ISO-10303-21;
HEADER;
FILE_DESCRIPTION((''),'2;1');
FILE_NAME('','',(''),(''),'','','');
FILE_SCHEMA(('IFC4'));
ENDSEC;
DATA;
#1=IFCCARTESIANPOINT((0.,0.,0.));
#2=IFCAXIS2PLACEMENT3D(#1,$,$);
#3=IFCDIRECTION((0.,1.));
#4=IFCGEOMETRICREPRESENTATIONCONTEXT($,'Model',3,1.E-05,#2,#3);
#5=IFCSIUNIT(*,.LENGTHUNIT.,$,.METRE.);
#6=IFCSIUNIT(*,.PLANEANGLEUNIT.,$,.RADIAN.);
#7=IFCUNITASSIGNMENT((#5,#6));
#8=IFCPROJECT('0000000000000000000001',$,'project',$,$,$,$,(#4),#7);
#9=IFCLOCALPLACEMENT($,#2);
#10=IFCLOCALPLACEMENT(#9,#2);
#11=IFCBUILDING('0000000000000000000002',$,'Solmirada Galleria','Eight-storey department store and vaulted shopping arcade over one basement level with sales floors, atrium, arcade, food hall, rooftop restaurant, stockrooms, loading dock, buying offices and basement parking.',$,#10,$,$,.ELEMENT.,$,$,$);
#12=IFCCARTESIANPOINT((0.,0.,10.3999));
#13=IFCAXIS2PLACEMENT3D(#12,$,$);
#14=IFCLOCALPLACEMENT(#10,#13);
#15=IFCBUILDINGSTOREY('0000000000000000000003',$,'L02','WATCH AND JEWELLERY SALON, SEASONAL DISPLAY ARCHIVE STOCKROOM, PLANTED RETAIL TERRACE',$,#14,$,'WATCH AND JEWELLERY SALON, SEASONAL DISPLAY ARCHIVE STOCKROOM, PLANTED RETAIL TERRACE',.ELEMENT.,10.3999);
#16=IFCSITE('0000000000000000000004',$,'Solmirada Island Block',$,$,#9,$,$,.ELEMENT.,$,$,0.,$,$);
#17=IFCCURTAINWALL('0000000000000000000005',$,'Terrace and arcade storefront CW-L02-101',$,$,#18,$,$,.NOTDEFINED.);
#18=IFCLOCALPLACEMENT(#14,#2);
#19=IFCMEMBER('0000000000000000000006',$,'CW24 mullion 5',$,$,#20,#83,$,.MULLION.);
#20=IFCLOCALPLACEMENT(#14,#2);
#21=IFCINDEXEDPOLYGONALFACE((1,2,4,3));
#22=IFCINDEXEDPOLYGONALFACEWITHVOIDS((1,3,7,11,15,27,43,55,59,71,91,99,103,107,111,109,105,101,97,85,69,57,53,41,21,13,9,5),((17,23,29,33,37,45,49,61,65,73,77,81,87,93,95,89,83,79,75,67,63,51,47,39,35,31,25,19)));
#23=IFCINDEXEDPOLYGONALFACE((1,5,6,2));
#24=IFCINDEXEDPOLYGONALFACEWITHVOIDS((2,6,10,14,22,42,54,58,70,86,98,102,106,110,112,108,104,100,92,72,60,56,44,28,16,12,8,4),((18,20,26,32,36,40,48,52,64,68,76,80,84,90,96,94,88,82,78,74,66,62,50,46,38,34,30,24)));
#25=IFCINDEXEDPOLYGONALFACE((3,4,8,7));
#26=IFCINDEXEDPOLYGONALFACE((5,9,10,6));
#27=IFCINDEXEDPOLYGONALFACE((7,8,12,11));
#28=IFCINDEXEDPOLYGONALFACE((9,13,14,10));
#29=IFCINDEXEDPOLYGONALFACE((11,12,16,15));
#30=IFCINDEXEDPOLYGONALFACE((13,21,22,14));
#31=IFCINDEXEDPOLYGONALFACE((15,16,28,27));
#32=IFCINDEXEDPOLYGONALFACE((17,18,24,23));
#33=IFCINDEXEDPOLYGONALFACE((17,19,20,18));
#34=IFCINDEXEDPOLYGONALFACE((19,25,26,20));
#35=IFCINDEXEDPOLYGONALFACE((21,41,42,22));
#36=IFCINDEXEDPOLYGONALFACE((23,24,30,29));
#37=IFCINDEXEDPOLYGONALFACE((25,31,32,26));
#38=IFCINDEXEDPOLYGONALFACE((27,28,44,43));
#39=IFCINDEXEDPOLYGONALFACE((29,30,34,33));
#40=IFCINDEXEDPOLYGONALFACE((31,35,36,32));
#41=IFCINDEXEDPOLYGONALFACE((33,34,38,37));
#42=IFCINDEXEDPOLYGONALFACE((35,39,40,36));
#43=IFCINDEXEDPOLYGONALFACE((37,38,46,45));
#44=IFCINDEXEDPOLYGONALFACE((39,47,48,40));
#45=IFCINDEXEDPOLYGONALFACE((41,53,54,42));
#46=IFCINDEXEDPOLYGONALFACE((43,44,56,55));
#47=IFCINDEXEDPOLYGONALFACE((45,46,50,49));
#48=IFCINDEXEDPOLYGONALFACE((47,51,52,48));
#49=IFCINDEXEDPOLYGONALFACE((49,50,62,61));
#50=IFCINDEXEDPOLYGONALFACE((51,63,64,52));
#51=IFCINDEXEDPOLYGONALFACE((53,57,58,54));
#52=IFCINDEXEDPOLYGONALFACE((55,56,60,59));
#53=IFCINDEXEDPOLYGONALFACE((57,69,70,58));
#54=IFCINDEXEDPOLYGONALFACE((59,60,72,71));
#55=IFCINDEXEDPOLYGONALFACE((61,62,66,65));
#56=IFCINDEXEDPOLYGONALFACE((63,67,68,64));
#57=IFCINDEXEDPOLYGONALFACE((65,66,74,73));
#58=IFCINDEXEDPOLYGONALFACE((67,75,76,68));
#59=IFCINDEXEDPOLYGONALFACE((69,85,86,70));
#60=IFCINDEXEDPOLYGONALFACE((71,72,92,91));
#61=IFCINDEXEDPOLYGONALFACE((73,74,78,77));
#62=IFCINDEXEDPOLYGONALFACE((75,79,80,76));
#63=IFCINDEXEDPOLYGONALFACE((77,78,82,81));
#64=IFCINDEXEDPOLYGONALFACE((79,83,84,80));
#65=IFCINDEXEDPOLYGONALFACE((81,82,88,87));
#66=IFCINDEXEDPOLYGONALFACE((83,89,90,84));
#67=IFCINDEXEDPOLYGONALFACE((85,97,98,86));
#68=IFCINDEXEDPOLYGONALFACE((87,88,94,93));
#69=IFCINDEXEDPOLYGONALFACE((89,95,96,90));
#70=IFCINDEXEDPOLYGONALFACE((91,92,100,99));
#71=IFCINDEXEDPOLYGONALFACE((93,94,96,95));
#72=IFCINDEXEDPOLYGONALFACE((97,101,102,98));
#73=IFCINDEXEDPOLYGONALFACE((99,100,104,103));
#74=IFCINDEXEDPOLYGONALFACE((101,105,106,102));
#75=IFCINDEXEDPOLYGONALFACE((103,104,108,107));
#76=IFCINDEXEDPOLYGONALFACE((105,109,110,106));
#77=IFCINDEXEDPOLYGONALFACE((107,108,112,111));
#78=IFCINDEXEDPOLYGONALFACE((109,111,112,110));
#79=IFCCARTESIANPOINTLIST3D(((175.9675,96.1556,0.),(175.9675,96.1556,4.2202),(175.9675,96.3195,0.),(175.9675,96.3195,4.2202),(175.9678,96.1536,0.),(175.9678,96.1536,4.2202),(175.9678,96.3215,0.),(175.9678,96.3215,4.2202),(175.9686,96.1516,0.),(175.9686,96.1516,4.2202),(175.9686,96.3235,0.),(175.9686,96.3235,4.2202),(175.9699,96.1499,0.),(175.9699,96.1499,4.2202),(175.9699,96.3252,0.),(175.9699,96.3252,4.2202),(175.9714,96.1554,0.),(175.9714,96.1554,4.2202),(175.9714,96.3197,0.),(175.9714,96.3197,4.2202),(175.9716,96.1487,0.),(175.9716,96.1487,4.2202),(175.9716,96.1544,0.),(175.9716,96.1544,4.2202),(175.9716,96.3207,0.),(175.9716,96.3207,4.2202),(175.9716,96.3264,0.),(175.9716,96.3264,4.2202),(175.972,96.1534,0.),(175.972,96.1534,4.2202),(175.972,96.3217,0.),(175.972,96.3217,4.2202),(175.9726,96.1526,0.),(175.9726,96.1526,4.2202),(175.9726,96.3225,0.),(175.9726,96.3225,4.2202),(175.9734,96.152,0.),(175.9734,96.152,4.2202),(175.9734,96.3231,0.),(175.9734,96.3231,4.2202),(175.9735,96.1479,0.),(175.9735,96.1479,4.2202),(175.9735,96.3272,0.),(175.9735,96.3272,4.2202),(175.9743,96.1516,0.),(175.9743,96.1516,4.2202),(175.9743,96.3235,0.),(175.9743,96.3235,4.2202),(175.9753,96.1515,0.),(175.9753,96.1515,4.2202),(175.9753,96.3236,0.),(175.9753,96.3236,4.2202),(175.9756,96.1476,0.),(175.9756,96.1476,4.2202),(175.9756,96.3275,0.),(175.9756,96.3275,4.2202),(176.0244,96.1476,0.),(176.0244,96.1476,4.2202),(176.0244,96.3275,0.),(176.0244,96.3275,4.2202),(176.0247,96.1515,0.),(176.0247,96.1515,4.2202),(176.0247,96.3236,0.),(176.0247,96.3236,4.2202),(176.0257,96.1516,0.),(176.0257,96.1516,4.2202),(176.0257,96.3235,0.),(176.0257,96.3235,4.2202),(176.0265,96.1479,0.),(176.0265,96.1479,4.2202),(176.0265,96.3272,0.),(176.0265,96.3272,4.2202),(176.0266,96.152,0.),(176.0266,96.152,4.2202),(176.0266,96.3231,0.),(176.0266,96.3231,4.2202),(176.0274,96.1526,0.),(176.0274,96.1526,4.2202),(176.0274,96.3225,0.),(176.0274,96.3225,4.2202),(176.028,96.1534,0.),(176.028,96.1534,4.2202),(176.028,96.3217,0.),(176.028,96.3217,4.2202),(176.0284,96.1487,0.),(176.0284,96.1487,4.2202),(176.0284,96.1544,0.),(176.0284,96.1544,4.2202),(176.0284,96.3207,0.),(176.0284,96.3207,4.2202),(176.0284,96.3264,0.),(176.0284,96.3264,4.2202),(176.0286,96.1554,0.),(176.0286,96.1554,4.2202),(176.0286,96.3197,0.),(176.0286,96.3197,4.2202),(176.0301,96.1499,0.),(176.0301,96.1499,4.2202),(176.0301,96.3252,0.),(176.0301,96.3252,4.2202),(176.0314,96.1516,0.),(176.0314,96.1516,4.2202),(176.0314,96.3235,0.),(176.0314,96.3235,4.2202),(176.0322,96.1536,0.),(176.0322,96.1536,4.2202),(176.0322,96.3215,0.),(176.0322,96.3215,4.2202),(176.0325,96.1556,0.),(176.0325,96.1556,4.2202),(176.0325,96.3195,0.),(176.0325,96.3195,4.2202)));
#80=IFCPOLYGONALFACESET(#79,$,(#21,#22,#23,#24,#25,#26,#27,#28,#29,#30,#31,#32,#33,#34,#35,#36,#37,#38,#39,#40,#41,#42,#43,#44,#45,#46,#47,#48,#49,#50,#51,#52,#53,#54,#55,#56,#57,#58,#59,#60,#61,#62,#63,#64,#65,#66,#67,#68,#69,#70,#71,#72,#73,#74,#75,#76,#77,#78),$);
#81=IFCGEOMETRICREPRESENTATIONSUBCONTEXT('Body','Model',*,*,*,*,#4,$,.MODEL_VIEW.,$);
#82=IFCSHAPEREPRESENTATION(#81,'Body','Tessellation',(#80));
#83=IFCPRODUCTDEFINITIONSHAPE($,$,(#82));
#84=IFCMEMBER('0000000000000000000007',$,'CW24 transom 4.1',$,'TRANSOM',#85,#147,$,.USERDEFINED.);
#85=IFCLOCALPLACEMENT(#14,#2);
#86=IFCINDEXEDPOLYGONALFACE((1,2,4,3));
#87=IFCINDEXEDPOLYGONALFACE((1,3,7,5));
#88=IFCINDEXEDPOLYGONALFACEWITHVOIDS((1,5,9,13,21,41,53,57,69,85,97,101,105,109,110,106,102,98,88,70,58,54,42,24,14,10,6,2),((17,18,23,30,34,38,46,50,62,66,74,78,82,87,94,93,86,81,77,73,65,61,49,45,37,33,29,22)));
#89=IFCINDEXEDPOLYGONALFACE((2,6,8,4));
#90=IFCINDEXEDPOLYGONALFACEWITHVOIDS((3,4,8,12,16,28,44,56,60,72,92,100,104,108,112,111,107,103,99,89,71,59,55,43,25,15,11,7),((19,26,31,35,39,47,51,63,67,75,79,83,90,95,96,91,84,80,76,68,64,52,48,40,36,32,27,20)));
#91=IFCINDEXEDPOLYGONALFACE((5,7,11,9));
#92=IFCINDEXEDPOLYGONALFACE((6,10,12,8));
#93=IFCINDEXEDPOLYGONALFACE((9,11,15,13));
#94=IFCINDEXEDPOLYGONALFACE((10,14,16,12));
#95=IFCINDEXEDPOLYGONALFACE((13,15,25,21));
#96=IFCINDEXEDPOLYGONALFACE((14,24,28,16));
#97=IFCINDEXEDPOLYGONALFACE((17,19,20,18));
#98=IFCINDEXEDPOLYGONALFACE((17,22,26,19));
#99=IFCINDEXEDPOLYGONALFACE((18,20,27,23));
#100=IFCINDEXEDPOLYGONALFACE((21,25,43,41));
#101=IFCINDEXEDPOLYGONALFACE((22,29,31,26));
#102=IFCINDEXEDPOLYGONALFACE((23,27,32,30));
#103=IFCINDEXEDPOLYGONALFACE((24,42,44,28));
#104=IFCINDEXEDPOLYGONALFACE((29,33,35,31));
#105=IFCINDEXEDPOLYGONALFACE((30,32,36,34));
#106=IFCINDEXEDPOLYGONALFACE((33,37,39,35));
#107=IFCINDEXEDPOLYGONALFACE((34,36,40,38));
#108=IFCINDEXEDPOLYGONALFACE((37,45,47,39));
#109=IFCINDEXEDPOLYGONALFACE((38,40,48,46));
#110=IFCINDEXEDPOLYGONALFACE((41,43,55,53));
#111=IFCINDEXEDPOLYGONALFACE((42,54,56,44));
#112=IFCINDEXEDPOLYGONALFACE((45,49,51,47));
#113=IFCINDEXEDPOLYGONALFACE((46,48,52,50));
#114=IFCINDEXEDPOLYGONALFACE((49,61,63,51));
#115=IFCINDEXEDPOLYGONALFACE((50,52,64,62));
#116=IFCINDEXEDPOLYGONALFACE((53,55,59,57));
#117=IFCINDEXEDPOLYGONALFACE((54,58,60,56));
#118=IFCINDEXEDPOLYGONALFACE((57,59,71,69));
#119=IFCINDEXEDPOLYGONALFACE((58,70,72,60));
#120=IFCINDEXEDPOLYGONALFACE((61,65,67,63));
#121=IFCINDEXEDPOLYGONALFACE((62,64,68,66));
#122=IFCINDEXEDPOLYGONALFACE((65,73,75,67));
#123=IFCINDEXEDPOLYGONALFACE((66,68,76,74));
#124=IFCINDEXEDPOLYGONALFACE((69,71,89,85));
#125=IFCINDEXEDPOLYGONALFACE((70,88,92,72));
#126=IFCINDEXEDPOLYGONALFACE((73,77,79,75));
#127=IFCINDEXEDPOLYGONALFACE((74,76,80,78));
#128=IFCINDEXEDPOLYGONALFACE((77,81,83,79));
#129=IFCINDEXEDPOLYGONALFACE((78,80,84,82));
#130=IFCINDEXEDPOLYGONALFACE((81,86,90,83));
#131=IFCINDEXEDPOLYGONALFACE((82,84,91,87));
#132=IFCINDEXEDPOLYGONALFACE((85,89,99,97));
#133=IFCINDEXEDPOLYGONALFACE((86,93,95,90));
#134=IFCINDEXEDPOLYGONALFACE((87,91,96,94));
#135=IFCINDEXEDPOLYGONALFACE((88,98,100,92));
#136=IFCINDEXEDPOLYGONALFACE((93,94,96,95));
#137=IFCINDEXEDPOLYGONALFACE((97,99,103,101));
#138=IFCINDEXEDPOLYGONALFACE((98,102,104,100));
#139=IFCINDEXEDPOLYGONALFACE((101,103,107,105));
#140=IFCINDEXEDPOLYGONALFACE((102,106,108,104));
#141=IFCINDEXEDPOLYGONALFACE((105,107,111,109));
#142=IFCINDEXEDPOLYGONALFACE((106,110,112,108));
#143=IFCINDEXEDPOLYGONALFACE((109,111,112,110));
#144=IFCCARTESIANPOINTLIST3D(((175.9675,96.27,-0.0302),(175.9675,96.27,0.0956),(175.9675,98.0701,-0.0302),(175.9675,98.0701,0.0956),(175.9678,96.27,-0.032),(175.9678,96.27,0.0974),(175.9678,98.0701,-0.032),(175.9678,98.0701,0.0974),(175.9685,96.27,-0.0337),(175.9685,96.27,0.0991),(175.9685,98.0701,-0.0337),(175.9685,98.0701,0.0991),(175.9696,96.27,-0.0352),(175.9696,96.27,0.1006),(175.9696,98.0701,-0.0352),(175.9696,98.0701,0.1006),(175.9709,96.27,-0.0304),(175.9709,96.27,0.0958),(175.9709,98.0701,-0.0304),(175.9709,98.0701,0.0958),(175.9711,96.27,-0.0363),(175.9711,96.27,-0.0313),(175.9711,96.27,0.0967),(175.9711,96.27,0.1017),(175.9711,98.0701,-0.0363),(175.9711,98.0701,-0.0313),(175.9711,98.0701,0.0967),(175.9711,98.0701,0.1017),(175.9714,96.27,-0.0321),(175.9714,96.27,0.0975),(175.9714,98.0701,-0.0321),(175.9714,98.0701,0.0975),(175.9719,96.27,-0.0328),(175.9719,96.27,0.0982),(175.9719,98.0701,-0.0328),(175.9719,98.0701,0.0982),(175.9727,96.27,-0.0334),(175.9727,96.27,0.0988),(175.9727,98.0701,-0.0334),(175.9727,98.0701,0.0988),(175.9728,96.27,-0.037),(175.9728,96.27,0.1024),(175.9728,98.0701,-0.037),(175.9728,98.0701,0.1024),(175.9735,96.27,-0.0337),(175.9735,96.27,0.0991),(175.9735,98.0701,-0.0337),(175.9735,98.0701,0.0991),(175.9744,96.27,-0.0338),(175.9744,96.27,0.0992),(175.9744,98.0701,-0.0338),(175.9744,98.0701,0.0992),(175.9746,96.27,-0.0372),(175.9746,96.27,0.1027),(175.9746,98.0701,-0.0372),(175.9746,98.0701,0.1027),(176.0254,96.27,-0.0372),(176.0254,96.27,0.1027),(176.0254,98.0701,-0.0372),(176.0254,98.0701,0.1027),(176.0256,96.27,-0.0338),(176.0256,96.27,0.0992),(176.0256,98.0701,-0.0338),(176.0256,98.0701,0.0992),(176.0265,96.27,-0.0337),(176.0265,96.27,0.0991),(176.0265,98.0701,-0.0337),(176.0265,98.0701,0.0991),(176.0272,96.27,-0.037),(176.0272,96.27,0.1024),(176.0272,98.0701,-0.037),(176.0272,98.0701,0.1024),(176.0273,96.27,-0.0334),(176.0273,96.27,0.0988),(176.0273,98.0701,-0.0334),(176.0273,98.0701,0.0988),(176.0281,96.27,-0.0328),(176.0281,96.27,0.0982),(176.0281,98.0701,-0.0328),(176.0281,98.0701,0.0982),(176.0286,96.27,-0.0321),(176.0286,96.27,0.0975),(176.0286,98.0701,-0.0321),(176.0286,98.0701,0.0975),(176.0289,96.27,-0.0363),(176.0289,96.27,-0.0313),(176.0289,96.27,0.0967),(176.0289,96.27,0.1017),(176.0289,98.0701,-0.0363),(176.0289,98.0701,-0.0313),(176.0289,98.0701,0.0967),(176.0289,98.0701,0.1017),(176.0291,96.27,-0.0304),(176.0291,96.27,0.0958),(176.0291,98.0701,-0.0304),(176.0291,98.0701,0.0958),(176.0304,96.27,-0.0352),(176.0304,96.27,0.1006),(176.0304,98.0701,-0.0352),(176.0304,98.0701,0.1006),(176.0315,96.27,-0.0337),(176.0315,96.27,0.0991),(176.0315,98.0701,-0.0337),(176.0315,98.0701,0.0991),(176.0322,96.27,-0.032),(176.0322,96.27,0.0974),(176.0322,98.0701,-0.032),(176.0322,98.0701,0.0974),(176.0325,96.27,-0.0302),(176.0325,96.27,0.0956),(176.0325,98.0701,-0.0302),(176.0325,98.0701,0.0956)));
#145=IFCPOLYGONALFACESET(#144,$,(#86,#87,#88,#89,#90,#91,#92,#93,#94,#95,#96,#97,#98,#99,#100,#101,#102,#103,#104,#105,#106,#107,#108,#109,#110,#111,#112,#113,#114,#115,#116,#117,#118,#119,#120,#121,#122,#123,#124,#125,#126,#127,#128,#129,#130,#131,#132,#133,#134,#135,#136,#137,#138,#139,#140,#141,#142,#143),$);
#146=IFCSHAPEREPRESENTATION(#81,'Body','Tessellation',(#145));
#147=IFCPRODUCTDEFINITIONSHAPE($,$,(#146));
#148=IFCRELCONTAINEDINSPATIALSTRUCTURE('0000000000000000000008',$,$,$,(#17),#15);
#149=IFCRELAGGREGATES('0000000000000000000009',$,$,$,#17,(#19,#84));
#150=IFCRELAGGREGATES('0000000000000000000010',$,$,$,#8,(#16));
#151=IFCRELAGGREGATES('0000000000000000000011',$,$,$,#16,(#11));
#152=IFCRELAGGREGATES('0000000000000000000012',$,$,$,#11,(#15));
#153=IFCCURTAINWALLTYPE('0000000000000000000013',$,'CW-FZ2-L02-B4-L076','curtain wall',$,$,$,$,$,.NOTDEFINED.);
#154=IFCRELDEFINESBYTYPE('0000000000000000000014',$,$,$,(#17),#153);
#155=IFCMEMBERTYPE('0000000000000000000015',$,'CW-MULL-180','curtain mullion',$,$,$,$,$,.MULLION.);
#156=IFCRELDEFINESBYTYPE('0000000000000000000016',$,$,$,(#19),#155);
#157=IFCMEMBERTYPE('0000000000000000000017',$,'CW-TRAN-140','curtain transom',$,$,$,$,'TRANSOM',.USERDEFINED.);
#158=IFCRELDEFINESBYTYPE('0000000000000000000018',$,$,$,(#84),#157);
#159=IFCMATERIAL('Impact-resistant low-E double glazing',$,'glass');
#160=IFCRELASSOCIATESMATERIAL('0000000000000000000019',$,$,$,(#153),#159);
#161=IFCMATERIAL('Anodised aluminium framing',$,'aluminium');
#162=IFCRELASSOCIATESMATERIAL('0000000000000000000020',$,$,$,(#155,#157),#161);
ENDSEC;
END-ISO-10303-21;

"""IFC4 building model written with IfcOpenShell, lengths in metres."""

from ifc_helpers import new_model, si_unit, direction, frame, origin, origin_2d, place, context, subcontext, project, spatial, hollow_rectangle, extrude, material, material_profile, profile_set, type_object, element, aggregate, save


model = new_model("IFC4")

# Units and contexts
model_context = context("Model", 3, precision=1e-05, world=origin(), true_north=direction((0.0, 1.0)))
body_context = subcontext(model_context, "Body", "Model", "MODEL_VIEW")
ifc_project = project(units=[si_unit("LENGTHUNIT", "METRE"), si_unit("PLANEANGLEUNIT", "RADIAN")], contexts=[model_context])

# Site, building, storey
site_placement = place(None, origin())
site = spatial("IfcSite", under=ifc_project, at=site_placement, Name="Solmirada Island Block", CompositionType="ELEMENT", RefElevation=0.0)
building_placement = place(site_placement, origin())
building = spatial("IfcBuilding", under=site, at=building_placement, Name="Solmirada Galleria", Description="Eight-storey department store and vaulted shopping arcade over one basement level with sales floors, atrium, arcade, food hall, rooftop restaurant, stockrooms, loading dock, buying offices and basement parking.", CompositionType="ELEMENT")
storey_placement = place(building_placement, frame((0.0, 0.0, 10.3999)))
storey = spatial("IfcBuildingStorey", under=building, at=storey_placement, Name="L02", Description="WATCH AND JEWELLERY SALON, SEASONAL DISPLAY ARCHIVE STOCKROOM, PLANTED RETAIL TERRACE", LongName="WATCH AND JEWELLERY SALON, SEASONAL DISPLAY ARCHIVE STOCKROOM, PLANTED RETAIL TERRACE", CompositionType="ELEMENT", Elevation=10.3999)

# Curtain wall, members
ifc_material_1 = material(Name="Impact-resistant low-E double glazing", Category="glass")
curtain_wall_type = type_object("IfcCurtainWallType", Name="CW-FZ2-L02-B4-L076", Description="curtain wall", PredefinedType="NOTDEFINED", material=ifc_material_1)
curtain_wall_placement = place(storey_placement, origin())
curtain_wall = element("IfcCurtainWall", 1, at=curtain_wall_placement, inside=storey, type_object=curtain_wall_type, Name="Terrace and arcade storefront CW-L02-101", PredefinedType="NOTDEFINED")
ifc_material_2 = material(Name="Anodised aluminium framing", Category="aluminium")
ifc_material_profile_1 = material_profile(ifc_material_2, hollow_rectangle(XDim=0.0649, YDim=0.1799, WallThickness=0.0039, InnerFilletRadius=0.0039, OuterFilletRadius=0.0081, at=origin_2d()), Name="ALU-MULL-180X65")
ifc_profile_set_1 = profile_set([ifc_material_profile_1], Name="Anodised aluminium framing")
member_type_1 = type_object("IfcMemberType", Name="CW-MULL-180", Description="curtain mullion", PredefinedType="MULLION", material=ifc_profile_set_1)
member_1_placement = place(storey_placement, frame((176.0, 96.2375, 0.0), z_axis=(0.0, 0.0, 1.0), x_axis=(1.0, 0.0, 0.0)))
member_1 = element("IfcMember", 2, at=member_1_placement, type_object=member_type_1, Name="CW24 mullion 5", PredefinedType="MULLION", context=body_context, shape_type="SweptSolid", body=[
    extrude(hollow_rectangle(XDim=0.0649, YDim=0.1799, WallThickness=0.0039, InnerFilletRadius=0.0039, OuterFilletRadius=0.0081, at=origin_2d()), origin(), (0.0, 0.0, 1.0), 4.2202),
])
ifc_material_profile_2 = material_profile(ifc_material_2, hollow_rectangle(XDim=0.0649, YDim=0.1399, WallThickness=0.0034, InnerFilletRadius=0.0034, OuterFilletRadius=0.0071, at=origin_2d()), Name="ALU-TRAN-140X65")
ifc_profile_set_2 = profile_set([ifc_material_profile_2], Name="Anodised aluminium framing")
member_type_2 = type_object("IfcMemberType", Name="CW-TRAN-140", Description="curtain transom", ElementType="TRANSOM", PredefinedType="USERDEFINED", material=ifc_profile_set_2)
member_2_placement = place(storey_placement, frame((176.0, 98.0701, 0.0327), z_axis=(0.0, -1.0, 0.0), x_axis=(1.0, 0.0, 0.0)))
member_2 = element("IfcMember", 3, at=member_2_placement, type_object=member_type_2, Name="CW24 transom 4.1", ObjectType="TRANSOM", PredefinedType="USERDEFINED", context=body_context, shape_type="SweptSolid", body=[
    extrude(hollow_rectangle(XDim=0.0649, YDim=0.1399, WallThickness=0.0034, InnerFilletRadius=0.0034, OuterFilletRadius=0.0071, at=origin_2d()), origin(), (0.0, 0.0, 1.0), 1.8),
])
aggregate(curtain_wall, [member_1, member_2])

save(model, "model.ifc")
